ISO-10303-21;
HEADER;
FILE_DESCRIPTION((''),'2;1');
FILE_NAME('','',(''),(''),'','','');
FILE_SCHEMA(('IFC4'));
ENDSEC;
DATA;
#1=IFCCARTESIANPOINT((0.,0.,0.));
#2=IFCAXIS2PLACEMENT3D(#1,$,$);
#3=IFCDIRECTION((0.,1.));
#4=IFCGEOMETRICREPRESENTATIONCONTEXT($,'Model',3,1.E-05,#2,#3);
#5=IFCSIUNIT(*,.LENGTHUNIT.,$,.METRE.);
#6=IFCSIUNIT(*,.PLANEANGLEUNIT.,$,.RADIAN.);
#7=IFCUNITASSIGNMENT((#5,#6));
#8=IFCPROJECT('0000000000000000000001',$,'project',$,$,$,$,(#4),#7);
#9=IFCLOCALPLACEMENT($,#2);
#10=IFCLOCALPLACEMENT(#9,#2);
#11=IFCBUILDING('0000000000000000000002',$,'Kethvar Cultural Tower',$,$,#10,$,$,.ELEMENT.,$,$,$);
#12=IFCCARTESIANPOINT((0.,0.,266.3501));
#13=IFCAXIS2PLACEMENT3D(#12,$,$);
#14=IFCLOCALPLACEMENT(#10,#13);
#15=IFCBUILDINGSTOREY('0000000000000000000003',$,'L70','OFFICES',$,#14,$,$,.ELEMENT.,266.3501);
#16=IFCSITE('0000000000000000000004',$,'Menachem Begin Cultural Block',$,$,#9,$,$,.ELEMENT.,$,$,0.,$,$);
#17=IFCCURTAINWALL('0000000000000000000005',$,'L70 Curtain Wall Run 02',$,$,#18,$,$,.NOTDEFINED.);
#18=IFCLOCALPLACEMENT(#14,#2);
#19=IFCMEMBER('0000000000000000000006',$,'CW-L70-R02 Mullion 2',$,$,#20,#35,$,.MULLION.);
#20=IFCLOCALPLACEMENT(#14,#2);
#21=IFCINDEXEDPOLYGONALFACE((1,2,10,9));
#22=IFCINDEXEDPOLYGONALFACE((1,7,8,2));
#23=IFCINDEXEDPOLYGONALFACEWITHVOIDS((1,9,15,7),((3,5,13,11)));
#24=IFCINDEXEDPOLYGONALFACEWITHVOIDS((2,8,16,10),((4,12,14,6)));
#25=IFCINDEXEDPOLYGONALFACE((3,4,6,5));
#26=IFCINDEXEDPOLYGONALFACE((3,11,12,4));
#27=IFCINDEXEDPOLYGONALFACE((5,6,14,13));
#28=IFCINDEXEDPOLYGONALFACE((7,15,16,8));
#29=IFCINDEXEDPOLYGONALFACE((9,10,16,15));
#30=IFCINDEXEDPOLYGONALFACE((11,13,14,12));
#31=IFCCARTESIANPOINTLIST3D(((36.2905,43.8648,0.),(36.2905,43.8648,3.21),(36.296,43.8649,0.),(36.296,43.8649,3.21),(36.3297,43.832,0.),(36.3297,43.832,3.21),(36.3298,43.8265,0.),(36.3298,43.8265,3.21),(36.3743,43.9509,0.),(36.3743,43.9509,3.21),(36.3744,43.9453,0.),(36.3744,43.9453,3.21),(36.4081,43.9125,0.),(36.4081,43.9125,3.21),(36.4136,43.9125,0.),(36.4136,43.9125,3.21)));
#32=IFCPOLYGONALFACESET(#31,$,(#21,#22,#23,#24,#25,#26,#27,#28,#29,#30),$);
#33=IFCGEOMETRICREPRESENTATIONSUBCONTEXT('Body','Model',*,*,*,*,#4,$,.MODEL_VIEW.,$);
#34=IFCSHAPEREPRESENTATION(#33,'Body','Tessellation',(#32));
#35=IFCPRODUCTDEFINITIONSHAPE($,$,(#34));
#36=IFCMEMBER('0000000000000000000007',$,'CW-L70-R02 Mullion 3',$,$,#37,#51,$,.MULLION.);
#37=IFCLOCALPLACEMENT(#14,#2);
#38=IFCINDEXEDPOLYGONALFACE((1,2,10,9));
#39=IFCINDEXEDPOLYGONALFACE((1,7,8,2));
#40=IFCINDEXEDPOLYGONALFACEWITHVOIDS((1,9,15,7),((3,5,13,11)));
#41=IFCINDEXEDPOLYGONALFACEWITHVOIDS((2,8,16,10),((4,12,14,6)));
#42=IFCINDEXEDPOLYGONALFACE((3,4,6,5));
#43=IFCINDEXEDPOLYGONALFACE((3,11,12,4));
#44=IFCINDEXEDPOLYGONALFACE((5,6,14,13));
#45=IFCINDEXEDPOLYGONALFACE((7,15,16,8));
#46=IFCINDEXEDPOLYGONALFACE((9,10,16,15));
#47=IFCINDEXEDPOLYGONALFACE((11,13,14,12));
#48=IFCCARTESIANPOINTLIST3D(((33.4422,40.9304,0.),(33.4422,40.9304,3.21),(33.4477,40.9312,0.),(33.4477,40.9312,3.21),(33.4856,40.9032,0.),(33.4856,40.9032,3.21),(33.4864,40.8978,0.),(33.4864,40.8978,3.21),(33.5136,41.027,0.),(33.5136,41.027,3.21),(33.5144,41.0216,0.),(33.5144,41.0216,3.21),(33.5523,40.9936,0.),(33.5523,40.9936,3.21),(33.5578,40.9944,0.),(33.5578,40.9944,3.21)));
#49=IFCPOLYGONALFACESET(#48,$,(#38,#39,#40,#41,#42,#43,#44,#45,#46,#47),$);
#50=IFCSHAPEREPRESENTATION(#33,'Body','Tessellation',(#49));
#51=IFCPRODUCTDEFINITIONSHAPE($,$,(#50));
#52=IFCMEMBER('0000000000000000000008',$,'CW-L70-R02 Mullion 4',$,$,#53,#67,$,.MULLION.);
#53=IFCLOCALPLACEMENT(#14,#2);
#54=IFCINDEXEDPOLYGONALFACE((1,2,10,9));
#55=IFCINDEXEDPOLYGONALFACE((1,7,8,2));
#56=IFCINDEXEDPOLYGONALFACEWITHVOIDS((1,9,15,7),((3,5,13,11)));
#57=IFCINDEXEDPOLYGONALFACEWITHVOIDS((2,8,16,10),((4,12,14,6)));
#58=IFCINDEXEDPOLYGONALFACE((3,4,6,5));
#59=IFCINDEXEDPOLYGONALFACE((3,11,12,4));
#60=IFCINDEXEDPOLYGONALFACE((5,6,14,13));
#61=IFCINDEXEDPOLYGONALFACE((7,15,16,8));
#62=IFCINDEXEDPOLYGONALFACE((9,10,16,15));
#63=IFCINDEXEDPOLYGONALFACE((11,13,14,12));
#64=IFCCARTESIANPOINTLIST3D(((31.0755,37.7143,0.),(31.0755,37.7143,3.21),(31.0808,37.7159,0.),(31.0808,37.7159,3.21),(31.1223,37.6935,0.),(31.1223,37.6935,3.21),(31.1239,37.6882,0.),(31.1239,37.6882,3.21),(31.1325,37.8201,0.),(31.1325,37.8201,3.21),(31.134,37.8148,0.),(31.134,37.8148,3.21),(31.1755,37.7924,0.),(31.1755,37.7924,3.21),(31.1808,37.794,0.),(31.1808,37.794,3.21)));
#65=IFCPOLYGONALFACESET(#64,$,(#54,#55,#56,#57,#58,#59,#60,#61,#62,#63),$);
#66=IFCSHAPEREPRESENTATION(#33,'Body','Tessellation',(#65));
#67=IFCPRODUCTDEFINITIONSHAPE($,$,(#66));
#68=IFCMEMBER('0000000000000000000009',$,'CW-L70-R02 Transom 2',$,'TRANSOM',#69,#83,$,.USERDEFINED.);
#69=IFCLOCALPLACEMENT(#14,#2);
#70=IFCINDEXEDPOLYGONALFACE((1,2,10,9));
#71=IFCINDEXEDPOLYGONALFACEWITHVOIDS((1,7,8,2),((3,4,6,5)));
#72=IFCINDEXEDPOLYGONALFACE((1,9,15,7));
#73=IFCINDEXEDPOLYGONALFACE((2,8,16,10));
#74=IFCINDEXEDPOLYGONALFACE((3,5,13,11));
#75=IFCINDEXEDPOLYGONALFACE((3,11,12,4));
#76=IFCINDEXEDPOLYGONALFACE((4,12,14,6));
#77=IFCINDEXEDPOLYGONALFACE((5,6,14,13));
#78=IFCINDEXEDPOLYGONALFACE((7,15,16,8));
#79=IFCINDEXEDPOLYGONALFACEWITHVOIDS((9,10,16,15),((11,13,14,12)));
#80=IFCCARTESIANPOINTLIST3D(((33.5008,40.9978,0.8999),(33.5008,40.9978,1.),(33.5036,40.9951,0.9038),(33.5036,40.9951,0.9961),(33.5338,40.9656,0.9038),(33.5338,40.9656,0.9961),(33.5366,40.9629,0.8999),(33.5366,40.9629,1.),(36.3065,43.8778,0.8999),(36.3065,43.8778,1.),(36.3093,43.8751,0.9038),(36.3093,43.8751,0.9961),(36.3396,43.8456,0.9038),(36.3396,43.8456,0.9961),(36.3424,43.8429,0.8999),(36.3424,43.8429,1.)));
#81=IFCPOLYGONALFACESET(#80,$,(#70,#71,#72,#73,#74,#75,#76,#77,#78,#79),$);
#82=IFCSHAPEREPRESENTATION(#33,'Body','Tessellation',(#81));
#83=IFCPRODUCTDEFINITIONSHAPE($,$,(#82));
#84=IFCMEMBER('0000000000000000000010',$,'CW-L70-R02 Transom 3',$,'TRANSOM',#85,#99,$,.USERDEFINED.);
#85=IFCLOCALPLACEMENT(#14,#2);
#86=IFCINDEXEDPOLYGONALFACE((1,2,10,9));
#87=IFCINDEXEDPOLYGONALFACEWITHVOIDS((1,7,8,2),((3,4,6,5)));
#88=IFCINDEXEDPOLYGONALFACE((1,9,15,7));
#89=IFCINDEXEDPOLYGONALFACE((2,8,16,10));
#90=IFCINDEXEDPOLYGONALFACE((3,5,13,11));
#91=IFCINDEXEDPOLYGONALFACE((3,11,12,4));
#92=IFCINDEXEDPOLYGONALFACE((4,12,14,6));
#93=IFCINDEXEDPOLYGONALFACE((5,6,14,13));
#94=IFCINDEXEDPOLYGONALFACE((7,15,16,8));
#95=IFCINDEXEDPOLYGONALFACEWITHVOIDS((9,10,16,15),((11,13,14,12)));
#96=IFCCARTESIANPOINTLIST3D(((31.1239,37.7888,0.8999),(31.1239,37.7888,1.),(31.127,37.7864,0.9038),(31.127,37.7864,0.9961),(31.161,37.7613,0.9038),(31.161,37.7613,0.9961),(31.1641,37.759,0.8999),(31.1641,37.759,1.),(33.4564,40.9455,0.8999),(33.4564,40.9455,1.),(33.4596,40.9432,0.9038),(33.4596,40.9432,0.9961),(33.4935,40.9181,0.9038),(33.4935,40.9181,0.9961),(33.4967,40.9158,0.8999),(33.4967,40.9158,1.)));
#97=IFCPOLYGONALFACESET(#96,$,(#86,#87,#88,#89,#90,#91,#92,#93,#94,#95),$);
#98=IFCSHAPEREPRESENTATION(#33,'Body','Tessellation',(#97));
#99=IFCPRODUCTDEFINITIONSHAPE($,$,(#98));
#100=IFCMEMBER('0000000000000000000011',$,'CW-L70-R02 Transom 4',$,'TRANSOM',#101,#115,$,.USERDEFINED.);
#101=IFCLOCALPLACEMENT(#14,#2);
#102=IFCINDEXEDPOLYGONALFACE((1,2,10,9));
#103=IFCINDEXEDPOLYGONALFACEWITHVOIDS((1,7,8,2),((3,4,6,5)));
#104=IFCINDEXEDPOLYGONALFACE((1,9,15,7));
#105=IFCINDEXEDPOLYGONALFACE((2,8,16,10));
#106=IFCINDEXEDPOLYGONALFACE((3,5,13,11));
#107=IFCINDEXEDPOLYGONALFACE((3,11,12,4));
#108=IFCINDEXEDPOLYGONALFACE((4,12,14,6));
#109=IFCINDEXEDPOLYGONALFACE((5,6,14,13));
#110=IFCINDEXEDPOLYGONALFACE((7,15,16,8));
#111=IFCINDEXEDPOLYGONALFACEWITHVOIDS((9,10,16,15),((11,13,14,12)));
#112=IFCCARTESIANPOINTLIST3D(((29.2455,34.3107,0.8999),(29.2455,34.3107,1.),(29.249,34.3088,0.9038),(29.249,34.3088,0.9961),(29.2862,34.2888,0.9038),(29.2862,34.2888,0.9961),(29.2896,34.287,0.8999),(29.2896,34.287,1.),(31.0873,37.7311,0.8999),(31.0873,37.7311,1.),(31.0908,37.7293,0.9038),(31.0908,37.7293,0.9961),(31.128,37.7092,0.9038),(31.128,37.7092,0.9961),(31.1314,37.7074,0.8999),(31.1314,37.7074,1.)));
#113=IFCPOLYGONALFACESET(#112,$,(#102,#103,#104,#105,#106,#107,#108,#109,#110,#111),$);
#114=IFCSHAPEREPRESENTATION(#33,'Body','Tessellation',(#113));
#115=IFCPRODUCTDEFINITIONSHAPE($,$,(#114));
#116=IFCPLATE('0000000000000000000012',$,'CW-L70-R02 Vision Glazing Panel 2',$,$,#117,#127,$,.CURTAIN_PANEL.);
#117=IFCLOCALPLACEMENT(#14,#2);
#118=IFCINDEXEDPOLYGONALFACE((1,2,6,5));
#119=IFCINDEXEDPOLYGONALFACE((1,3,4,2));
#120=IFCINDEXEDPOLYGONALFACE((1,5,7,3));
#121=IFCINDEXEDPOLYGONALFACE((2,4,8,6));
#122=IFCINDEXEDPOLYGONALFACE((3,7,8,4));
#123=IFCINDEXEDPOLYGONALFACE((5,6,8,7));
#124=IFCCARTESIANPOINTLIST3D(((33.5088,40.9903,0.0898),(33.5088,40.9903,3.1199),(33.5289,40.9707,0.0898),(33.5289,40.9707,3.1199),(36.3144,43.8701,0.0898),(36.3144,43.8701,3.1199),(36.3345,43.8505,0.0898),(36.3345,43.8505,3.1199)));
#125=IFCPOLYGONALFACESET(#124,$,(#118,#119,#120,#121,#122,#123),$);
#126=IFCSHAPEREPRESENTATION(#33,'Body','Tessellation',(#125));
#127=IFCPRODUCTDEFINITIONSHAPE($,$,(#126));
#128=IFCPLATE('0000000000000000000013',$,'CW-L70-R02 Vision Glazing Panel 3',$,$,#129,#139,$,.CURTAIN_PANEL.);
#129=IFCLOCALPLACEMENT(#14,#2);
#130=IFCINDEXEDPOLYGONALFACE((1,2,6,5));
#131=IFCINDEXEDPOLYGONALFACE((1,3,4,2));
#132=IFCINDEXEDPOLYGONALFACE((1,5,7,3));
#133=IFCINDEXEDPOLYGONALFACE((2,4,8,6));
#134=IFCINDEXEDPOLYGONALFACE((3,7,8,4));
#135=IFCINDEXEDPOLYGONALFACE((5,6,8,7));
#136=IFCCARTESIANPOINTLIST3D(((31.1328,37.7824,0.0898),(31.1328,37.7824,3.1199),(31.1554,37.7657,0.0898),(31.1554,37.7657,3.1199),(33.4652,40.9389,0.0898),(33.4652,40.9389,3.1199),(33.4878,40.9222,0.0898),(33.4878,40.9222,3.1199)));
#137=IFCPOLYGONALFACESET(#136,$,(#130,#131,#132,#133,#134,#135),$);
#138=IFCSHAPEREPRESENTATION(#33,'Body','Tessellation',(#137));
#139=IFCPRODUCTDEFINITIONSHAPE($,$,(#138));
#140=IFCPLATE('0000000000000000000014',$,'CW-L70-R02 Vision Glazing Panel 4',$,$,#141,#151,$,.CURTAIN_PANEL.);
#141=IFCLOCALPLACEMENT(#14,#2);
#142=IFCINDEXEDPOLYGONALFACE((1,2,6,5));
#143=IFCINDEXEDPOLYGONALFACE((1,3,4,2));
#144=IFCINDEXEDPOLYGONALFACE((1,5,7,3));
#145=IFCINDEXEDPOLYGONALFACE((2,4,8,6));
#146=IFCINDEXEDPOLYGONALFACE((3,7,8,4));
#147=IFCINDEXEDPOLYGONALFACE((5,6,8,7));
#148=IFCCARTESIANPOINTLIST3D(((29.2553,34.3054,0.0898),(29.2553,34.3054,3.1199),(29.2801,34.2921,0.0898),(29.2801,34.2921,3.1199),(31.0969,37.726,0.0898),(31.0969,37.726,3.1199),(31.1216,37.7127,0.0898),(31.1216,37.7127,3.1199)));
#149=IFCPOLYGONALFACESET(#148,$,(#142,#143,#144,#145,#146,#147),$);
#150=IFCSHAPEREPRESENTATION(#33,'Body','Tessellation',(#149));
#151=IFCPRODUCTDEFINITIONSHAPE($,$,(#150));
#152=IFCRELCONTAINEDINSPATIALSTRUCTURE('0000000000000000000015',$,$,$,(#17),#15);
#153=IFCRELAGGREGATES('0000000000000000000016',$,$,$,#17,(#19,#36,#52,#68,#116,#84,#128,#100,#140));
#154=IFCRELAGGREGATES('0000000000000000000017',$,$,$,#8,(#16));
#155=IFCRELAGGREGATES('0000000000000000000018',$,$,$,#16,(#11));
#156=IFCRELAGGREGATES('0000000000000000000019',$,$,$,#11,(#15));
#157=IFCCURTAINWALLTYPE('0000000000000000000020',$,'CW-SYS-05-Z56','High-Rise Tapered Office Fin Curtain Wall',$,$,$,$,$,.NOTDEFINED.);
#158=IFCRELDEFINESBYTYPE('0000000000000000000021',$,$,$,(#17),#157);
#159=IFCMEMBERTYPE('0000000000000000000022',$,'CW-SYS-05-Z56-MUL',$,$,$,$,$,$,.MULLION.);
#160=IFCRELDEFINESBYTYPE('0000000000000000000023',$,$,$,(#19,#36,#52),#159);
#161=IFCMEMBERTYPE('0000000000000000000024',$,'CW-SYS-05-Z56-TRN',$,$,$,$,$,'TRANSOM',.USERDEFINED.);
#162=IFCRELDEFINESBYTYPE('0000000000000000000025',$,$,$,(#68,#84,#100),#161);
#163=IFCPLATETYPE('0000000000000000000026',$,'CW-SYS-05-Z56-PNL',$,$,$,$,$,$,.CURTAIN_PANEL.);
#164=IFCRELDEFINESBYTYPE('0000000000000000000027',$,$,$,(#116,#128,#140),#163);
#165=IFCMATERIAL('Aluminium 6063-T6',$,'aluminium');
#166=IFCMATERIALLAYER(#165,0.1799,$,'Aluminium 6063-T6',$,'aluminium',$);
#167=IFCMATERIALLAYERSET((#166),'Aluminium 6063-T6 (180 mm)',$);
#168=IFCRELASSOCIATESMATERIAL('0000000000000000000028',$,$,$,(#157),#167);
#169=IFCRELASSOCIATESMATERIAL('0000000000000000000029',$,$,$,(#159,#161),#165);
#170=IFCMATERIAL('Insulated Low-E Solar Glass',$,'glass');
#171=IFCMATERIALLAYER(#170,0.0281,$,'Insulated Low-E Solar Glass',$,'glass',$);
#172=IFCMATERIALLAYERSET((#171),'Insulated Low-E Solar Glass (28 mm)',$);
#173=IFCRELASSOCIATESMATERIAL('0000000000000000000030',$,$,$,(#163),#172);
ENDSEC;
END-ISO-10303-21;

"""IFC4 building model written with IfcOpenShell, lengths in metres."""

from ifc_helpers import new_model, si_unit, direction, frame, origin, origin_2d, place, context, subcontext, project, spatial, rectangle, hollow_rectangle, extrude, source, transform, mapped, material, layer, layer_set, material_profile, profile_set, type_object, element, aggregate, save


model = new_model("IFC4")

# Units and contexts
model_context = context("Model", 3, precision=1e-05, world=origin(), true_north=direction((0.0, 1.0)))
body_context = subcontext(model_context, "Body", "Model", "MODEL_VIEW")
ifc_project = project(units=[si_unit("LENGTHUNIT", "METRE"), si_unit("PLANEANGLEUNIT", "RADIAN")], contexts=[model_context])

# Site, building, storey
site_placement = place(None, origin())
site = spatial("IfcSite", under=ifc_project, at=site_placement, Name="Menachem Begin Cultural Block", CompositionType="ELEMENT", RefElevation=0.0)
building_placement = place(site_placement, origin())
building = spatial("IfcBuilding", under=site, at=building_placement, Name="Kethvar Cultural Tower", CompositionType="ELEMENT")
storey_placement = place(building_placement, frame((0.0, 0.0, 266.3501)))
storey = spatial("IfcBuildingStorey", under=building, at=storey_placement, Name="L70", Description="OFFICES", CompositionType="ELEMENT", Elevation=266.3501)

# Curtain wall, members, plates
ifc_material_1 = material(Name="Aluminium 6063-T6", Category="aluminium")
ifc_layer_1 = layer(ifc_material_1, 0.1799, Name="Aluminium 6063-T6", Category="aluminium")
ifc_layer_set_1 = layer_set([ifc_layer_1], Name="Aluminium 6063-T6 (180 mm)")
curtain_wall_type = type_object("IfcCurtainWallType", Name="CW-SYS-05-Z56", Description="High-Rise Tapered Office Fin Curtain Wall", PredefinedType="NOTDEFINED", material=ifc_layer_set_1)
curtain_wall_placement = place(storey_placement, origin())
curtain_wall = element("IfcCurtainWall", 1, at=curtain_wall_placement, inside=storey, type_object=curtain_wall_type, Name="L70 Curtain Wall Run 02", PredefinedType="NOTDEFINED")
ifc_material_profile_1 = material_profile(ifc_material_1, hollow_rectangle(XDim=0.0549, YDim=0.1201, WallThickness=0.0039, at=origin_2d()), Name="Aluminium 6063-T6 — RHS120x55x4")
ifc_profile_set_1 = profile_set([ifc_material_profile_1], Name="Aluminium 6063-T6 — RHS120x55x4")
member_type_1 = type_object("IfcMemberType", Name="CW-SYS-05-Z56-MUL", PredefinedType="MULLION", material=ifc_profile_set_1)
shared_shape_1 = source(origin(), body_context, "Body", "SweptSolid", [
    extrude(hollow_rectangle(XDim=0.0549, YDim=0.1201, WallThickness=0.0039, at=origin_2d()), origin(), (0.0, 0.0, 1.0), 3.21),
])
member_1_placement = place(storey_placement, frame((36.3521, 43.8887, 0.0), z_axis=(0.0, 0.0, 1.0), x_axis=(0.716278, -0.697815, 0.0)))
member_1 = element("IfcMember", 2, at=member_1_placement, type_object=member_type_1, Name="CW-L70-R02 Mullion 2", PredefinedType="MULLION", context=body_context, shape_type="MappedRepresentation", body=[
    mapped(shared_shape_1, transform((0.0, 0.0, 0.0), scale=1.0)),
])
member_2_placement = place(storey_placement, frame((33.5, 40.9624, 0.0), z_axis=(0.0, 0.0, 1.0), x_axis=(0.804251, -0.59429, 0.0)))
member_2 = element("IfcMember", 3, at=member_2_placement, type_object=member_type_1, Name="CW-L70-R02 Mullion 3", PredefinedType="MULLION", context=body_context, shape_type="MappedRepresentation", body=[
    mapped(shared_shape_1, transform((0.0, 0.0, 0.0), scale=1.0)),
])
member_3_placement = place(storey_placement, frame((31.1282, 37.7542, 0.0), z_axis=(0.0, 0.0, 1.0), x_axis=(0.880502, -0.474042, 0.0)))
member_3 = element("IfcMember", 4, at=member_3_placement, type_object=member_type_1, Name="CW-L70-R02 Mullion 4", PredefinedType="MULLION", context=body_context, shape_type="MappedRepresentation", body=[
    mapped(shared_shape_1, transform((0.0, 0.0, 0.0), scale=1.0)),
])
ifc_material_profile_2 = material_profile(ifc_material_1, hollow_rectangle(XDim=0.05, YDim=0.1001, WallThickness=0.0039, at=origin_2d()), Name="Aluminium 6063-T6 — RHS100x50x4")
ifc_profile_set_2 = profile_set([ifc_material_profile_2], Name="Aluminium 6063-T6 — RHS100x50x4")
member_type_2 = type_object("IfcMemberType", Name="CW-SYS-05-Z56-TRN", ElementType="TRANSOM", PredefinedType="USERDEFINED", material=ifc_profile_set_2)
shared_shape_2 = source(origin(), body_context, "Body", "SweptSolid", [
    extrude(hollow_rectangle(XDim=0.05, YDim=0.1001, WallThickness=0.0039, at=origin_2d()), origin(), (0.0, 0.0, 1.0), 4.0208),
])
member_4_placement = place(storey_placement, frame((36.3245, 43.8604, 0.95), z_axis=(-0.697817, -0.716276, 0.0), x_axis=(0.716276, -0.697817, 0.0)))
member_4 = element("IfcMember", 5, at=member_4_placement, type_object=member_type_2, Name="CW-L70-R02 Transom 2", ObjectType="TRANSOM", PredefinedType="USERDEFINED", context=body_context, shape_type="MappedRepresentation", body=[
    mapped(shared_shape_2, transform((0.0, 0.0, 0.0), scale=1.0)),
])
shared_shape_3 = source(origin(), body_context, "Body", "SweptSolid", [
    extrude(hollow_rectangle(XDim=0.05, YDim=0.1001, WallThickness=0.0039, at=origin_2d()), origin(), (0.0, 0.0, 1.0), 3.925),
])
member_5_placement = place(storey_placement, frame((33.4766, 40.9307, 0.95), z_axis=(-0.594272, -0.804264, 0.0), x_axis=(0.804264, -0.594272, 0.0)))
member_5 = element("IfcMember", 6, at=member_5_placement, type_object=member_type_2, Name="CW-L70-R02 Transom 3", ObjectType="TRANSOM", PredefinedType="USERDEFINED", context=body_context, shape_type="MappedRepresentation", body=[
    mapped(shared_shape_3, transform((0.0, 0.0, 0.0), scale=1.0)),
])
shared_shape_4 = source(origin(), body_context, "Body", "SweptSolid", [
    extrude(hollow_rectangle(XDim=0.05, YDim=0.1001, WallThickness=0.0039, at=origin_2d()), origin(), (0.0, 0.0, 1.0), 3.8848),
])
member_6_placement = place(storey_placement, frame((31.1094, 37.7192, 0.95), z_axis=(-0.474107, -0.880467, 0.0), x_axis=(0.880467, -0.474107, 0.0)))
member_6 = element("IfcMember", 7, at=member_6_placement, type_object=member_type_2, Name="CW-L70-R02 Transom 4", ObjectType="TRANSOM", PredefinedType="USERDEFINED", context=body_context, shape_type="MappedRepresentation", body=[
    mapped(shared_shape_4, transform((0.0, 0.0, 0.0), scale=1.0)),
])
ifc_material_2 = material(Name="Insulated Low-E Solar Glass", Category="glass")
ifc_layer_2 = layer(ifc_material_2, 0.0281, Name="Insulated Low-E Solar Glass", Category="glass")
ifc_layer_set_2 = layer_set([ifc_layer_2], Name="Insulated Low-E Solar Glass (28 mm)")
plate_type = type_object("IfcPlateType", Name="CW-SYS-05-Z56-PNL", PredefinedType="CURTAIN_PANEL", material=ifc_layer_set_2)
shared_shape_5 = source(origin(), body_context, "Body", "SweptSolid", [
    extrude(rectangle(XDim=4.0205, YDim=0.0281, at=origin_2d()), origin(), (0.0, 0.0, 1.0), 3.03),
])
plate_1_placement = place(storey_placement, frame((34.9216, 42.4204, 0.0898), z_axis=(0.0, 0.0, 1.0), x_axis=(-0.697815, -0.716278, 0.0)))
plate_1 = element("IfcPlate", 8, at=plate_1_placement, type_object=plate_type, Name="CW-L70-R02 Vision Glazing Panel 2", PredefinedType="CURTAIN_PANEL", context=body_context, shape_type="MappedRepresentation", body=[
    mapped(shared_shape_5, transform((0.0, 0.0, 0.0), scale=1.0)),
])
shared_shape_6 = source(origin(), body_context, "Body", "SweptSolid", [
    extrude(rectangle(XDim=3.9248, YDim=0.0281, at=origin_2d()), origin(), (0.0, 0.0, 1.0), 3.03),
])
plate_2_placement = place(storey_placement, frame((32.3103, 39.3523, 0.0898), z_axis=(0.0, 0.0, 1.0), x_axis=(-0.59429, -0.804251, 0.0)))
plate_2 = element("IfcPlate", 9, at=plate_2_placement, type_object=plate_type, Name="CW-L70-R02 Vision Glazing Panel 3", PredefinedType="CURTAIN_PANEL", context=body_context, shape_type="MappedRepresentation", body=[
    mapped(shared_shape_6, transform((0.0, 0.0, 0.0), scale=1.0)),
])
shared_shape_7 = source(origin(), body_context, "Body", "SweptSolid", [
    extrude(rectangle(XDim=3.8848, YDim=0.0281, at=origin_2d()), origin(), (0.0, 0.0, 1.0), 3.03),
])
plate_3_placement = place(storey_placement, frame((30.1885, 36.009, 0.0898), z_axis=(0.0, 0.0, 1.0), x_axis=(-0.474042, -0.880502, 0.0)))
plate_3 = element("IfcPlate", 10, at=plate_3_placement, type_object=plate_type, Name="CW-L70-R02 Vision Glazing Panel 4", PredefinedType="CURTAIN_PANEL", context=body_context, shape_type="MappedRepresentation", body=[
    mapped(shared_shape_7, transform((0.0, 0.0, 0.0), scale=1.0)),
])
aggregate(curtain_wall, [member_1, member_2, member_3, member_4, plate_1, member_5, plate_2, member_6, plate_3])

save(model, "model.ifc")
